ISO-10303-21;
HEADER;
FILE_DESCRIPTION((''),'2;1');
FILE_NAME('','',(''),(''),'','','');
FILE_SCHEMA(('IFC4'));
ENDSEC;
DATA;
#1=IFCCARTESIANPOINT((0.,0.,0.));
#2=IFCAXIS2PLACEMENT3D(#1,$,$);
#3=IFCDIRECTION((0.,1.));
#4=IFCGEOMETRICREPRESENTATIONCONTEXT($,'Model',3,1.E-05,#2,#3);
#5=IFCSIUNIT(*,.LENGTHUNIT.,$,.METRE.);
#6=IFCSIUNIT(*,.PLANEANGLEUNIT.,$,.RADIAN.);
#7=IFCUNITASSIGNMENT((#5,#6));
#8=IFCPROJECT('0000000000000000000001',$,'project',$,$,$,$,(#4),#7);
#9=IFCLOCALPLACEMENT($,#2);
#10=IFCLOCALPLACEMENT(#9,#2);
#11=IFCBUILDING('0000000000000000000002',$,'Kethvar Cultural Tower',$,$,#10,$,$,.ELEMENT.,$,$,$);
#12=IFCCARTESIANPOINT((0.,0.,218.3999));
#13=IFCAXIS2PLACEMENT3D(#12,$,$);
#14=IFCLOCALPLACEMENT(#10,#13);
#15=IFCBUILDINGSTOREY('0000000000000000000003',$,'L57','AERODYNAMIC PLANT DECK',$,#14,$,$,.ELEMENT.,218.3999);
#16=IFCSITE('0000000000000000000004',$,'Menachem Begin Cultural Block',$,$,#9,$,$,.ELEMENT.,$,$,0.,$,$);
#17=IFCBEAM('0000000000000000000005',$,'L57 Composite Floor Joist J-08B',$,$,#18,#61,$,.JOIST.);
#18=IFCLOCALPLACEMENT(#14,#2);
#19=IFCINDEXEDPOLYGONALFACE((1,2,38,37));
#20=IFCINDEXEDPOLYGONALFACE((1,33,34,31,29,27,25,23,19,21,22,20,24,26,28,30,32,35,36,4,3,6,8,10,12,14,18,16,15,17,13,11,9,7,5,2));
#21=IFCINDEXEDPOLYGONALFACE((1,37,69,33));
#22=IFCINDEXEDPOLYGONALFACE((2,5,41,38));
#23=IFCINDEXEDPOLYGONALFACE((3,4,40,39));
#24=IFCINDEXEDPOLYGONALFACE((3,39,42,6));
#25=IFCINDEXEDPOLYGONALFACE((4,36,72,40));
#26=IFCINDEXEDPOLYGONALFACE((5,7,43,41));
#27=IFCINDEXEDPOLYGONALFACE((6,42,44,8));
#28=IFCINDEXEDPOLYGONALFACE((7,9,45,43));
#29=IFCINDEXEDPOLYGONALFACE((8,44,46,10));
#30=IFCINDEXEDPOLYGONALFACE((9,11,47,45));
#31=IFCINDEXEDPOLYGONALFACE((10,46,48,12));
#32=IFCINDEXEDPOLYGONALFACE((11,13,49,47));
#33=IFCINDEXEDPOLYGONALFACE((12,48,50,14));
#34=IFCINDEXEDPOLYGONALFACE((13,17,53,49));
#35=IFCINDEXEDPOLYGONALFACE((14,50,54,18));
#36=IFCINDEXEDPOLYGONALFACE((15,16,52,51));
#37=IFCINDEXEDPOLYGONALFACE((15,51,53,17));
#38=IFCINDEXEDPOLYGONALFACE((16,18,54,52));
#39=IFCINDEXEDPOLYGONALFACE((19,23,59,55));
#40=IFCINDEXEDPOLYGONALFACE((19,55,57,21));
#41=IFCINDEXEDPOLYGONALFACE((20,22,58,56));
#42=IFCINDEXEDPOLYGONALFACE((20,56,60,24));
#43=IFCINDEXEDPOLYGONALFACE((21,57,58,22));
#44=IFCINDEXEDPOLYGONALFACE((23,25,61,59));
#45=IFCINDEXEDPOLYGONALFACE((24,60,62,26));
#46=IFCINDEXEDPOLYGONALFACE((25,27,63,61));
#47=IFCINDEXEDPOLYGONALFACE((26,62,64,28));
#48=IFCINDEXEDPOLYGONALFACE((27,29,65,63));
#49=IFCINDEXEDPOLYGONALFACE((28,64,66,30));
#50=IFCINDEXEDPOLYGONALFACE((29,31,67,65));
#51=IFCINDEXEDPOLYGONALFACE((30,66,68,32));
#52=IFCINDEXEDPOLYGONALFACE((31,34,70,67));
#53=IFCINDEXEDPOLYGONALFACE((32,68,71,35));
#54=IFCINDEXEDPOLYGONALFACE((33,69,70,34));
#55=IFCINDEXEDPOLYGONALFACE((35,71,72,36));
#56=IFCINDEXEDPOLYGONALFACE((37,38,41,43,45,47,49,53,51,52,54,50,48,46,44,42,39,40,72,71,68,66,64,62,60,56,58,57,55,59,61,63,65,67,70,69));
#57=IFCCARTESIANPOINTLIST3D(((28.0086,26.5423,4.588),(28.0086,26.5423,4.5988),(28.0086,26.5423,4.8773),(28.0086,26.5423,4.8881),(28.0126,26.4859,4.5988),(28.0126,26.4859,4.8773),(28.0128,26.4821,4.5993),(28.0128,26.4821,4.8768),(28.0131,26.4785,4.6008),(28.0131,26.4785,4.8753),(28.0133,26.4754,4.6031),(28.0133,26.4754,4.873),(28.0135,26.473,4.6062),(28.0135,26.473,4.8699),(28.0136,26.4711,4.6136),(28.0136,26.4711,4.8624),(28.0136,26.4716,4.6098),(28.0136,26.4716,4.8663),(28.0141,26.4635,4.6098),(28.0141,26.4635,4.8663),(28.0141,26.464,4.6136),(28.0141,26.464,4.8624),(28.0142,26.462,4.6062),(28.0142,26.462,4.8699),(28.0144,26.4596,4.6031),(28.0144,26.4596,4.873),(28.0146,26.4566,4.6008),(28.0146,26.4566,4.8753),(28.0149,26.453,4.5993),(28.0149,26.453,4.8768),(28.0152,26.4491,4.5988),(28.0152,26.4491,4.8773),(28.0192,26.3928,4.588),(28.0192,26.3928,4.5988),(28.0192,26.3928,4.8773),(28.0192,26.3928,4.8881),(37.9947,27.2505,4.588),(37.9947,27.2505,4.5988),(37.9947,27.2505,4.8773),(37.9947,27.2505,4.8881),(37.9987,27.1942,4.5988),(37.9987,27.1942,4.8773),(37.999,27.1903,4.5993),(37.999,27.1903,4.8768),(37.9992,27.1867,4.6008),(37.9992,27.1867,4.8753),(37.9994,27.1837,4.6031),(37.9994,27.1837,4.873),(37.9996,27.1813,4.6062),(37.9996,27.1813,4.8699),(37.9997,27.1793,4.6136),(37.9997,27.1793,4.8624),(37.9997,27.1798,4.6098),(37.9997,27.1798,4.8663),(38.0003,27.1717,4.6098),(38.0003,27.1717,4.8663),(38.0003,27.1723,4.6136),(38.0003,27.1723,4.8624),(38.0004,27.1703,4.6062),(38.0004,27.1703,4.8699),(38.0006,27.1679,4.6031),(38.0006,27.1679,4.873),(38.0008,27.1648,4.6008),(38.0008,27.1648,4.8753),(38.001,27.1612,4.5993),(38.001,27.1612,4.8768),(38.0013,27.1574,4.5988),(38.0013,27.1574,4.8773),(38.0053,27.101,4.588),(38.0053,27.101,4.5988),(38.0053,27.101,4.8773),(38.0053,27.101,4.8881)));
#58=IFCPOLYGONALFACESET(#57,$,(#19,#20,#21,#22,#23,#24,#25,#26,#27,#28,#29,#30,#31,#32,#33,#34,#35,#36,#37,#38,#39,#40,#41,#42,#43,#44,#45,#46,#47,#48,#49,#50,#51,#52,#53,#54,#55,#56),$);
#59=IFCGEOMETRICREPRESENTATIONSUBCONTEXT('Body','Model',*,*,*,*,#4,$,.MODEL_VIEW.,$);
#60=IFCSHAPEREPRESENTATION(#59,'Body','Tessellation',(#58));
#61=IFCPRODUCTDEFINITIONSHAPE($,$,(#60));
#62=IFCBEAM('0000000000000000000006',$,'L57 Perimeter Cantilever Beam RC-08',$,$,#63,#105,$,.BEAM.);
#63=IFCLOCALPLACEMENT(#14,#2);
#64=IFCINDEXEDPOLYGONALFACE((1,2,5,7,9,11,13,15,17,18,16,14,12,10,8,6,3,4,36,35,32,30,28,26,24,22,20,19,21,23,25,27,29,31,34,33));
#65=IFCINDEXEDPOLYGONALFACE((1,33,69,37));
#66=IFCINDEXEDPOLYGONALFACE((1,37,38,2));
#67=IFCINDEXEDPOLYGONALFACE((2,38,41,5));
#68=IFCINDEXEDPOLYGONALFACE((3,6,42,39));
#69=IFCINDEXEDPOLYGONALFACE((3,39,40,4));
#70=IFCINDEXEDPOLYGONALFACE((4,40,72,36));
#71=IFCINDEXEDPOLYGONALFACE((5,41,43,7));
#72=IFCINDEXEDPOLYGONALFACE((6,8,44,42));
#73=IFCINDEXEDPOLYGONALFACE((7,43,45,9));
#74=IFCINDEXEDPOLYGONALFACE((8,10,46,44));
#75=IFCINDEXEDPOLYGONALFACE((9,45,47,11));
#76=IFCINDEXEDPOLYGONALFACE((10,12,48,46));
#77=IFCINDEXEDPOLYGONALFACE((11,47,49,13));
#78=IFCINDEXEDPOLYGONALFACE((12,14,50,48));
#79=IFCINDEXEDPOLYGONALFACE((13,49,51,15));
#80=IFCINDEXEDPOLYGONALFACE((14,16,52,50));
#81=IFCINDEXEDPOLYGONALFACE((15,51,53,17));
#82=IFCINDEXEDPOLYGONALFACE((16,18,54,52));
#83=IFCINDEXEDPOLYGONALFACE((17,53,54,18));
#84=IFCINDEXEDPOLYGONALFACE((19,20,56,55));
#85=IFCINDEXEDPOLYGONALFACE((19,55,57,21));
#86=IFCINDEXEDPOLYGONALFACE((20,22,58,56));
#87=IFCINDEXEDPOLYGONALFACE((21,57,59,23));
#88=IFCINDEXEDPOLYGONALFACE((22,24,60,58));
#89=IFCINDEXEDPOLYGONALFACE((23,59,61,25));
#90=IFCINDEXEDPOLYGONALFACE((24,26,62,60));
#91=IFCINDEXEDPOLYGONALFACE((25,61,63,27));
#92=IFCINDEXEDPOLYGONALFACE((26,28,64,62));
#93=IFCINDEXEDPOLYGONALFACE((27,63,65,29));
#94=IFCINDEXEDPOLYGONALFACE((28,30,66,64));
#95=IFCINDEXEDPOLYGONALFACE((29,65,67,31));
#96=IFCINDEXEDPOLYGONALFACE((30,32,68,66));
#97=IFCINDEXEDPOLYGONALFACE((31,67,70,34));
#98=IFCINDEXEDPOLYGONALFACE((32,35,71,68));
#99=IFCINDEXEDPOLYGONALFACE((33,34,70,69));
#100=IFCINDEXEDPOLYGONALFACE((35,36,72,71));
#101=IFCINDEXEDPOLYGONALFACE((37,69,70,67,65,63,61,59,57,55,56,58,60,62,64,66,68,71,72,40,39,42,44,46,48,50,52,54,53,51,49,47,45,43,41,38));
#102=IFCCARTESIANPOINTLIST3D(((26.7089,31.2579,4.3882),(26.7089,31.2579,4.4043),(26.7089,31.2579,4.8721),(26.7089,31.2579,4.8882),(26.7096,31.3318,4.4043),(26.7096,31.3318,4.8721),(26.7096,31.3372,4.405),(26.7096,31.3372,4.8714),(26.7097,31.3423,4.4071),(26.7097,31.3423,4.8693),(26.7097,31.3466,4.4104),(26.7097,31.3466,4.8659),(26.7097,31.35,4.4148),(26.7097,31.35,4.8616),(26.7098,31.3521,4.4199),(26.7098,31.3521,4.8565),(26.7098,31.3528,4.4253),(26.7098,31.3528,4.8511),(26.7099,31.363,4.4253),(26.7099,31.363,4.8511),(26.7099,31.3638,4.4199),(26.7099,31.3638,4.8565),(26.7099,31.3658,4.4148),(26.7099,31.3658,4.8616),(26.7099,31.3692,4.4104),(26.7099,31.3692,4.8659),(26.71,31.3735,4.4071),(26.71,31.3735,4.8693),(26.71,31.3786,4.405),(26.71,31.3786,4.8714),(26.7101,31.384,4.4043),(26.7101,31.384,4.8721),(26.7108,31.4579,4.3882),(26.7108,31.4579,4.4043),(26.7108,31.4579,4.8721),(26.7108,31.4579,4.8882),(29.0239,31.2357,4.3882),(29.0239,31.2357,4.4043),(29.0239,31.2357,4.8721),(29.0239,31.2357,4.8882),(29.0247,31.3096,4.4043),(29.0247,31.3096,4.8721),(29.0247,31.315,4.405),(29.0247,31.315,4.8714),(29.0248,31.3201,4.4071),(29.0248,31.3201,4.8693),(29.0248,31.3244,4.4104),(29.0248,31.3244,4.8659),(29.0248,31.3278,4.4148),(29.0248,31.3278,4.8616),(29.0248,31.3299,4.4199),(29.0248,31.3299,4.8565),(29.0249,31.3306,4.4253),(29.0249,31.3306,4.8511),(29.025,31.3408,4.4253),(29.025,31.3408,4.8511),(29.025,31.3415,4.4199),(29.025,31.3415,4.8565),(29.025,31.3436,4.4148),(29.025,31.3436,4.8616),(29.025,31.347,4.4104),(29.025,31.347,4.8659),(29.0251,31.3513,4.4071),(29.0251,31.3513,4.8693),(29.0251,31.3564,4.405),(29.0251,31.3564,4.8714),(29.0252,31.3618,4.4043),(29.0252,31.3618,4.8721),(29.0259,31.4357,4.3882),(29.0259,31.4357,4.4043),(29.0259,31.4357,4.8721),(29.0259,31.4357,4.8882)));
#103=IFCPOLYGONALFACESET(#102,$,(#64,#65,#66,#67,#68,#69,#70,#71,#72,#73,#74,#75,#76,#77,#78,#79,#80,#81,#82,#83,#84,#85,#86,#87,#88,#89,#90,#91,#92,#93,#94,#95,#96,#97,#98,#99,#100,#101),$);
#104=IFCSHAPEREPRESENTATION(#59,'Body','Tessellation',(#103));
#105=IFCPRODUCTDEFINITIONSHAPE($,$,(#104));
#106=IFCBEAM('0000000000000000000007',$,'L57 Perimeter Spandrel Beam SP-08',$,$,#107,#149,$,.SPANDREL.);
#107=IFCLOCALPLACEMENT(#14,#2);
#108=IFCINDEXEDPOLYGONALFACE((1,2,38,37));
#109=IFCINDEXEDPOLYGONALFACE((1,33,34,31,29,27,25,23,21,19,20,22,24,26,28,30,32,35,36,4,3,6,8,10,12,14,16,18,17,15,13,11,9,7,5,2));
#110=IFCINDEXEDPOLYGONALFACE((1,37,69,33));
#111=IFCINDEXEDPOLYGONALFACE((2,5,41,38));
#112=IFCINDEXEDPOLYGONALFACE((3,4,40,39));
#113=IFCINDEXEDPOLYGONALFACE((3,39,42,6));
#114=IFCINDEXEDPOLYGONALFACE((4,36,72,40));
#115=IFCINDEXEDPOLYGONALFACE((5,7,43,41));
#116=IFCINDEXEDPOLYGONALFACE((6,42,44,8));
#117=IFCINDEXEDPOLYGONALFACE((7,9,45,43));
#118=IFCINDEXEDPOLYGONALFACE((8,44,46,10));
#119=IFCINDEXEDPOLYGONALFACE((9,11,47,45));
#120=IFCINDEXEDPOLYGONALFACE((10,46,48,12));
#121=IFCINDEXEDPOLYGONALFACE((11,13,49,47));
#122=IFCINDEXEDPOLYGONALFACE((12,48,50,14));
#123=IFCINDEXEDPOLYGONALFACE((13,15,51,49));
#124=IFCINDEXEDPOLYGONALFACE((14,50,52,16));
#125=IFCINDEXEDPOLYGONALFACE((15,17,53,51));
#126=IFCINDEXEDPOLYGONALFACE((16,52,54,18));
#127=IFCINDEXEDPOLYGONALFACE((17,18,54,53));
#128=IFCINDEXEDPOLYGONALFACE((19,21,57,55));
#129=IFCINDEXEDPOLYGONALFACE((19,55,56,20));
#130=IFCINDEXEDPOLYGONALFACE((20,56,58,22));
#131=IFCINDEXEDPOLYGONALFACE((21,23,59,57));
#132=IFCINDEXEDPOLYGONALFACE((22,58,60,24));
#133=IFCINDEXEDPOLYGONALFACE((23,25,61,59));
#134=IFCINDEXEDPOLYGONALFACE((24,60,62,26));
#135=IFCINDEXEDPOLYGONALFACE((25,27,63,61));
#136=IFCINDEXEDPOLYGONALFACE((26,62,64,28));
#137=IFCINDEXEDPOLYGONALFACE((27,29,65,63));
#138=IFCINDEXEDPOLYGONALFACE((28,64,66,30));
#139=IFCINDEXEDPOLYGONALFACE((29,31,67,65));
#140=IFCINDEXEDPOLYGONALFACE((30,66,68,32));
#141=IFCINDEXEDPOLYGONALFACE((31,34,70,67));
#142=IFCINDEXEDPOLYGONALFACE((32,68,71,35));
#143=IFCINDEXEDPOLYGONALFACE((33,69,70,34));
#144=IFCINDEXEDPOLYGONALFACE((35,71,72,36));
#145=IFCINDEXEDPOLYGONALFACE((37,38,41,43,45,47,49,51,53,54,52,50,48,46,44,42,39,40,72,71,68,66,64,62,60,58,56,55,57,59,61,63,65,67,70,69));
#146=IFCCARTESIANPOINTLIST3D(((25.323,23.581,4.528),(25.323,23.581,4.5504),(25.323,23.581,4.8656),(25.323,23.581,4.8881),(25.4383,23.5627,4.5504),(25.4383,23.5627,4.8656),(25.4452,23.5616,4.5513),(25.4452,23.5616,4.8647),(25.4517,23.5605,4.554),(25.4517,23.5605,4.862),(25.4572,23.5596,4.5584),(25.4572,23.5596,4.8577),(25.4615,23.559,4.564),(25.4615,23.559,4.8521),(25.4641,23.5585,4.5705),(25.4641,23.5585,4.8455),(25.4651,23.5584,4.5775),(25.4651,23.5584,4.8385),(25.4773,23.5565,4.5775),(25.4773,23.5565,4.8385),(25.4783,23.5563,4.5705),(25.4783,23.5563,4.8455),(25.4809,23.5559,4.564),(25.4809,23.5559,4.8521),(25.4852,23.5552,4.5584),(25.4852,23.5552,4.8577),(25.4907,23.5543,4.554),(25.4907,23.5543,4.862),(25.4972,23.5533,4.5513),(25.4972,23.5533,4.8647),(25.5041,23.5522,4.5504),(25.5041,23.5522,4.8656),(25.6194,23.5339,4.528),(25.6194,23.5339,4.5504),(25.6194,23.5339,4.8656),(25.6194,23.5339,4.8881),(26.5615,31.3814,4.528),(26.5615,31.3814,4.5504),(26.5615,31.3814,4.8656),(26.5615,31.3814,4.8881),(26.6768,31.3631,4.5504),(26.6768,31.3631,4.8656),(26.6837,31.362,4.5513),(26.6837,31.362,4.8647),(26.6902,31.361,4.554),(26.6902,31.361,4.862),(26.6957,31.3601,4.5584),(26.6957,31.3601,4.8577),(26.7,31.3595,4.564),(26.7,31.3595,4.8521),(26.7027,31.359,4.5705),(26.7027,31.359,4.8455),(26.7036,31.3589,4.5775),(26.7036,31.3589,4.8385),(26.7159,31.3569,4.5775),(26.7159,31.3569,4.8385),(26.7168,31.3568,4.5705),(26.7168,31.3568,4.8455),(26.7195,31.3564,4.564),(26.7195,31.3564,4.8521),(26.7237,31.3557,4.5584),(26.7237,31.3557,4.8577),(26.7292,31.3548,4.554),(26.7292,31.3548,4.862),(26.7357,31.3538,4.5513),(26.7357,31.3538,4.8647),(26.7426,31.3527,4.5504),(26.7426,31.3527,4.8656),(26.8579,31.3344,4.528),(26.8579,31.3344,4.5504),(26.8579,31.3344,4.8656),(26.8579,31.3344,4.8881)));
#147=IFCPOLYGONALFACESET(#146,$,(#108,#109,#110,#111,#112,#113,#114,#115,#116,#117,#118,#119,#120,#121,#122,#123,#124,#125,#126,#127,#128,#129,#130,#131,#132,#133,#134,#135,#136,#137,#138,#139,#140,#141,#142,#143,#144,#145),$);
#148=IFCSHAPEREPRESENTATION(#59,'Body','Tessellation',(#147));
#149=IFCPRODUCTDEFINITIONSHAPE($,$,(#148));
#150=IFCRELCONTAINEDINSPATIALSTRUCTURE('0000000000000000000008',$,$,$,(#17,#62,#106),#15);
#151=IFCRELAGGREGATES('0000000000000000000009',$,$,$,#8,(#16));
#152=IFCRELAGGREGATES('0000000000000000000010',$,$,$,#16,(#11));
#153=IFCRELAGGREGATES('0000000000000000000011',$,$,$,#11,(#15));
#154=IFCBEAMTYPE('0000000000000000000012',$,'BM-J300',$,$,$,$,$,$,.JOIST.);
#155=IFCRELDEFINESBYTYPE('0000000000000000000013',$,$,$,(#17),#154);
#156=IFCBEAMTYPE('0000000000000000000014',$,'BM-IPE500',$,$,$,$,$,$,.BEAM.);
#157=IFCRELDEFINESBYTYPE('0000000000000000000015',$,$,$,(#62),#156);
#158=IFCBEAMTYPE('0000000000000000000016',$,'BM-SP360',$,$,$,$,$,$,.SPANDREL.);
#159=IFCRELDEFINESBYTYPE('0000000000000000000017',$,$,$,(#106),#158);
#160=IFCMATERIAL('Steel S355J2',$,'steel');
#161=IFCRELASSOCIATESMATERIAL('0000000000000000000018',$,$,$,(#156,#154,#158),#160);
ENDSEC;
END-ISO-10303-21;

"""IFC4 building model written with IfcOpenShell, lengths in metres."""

from ifc_helpers import new_model, si_unit, direction, frame, origin, origin_2d, place, context, subcontext, project, spatial, i_section, extrude, source, transform, mapped, material, material_profile, profile_set, type_object, element, save


model = new_model("IFC4")

# Units and contexts
model_context = context("Model", 3, precision=1e-05, world=origin(), true_north=direction((0.0, 1.0)))
body_context = subcontext(model_context, "Body", "Model", "MODEL_VIEW")
ifc_project = project(units=[si_unit("LENGTHUNIT", "METRE"), si_unit("PLANEANGLEUNIT", "RADIAN")], contexts=[model_context])

# Site, building, storey
site_placement = place(None, origin())
site = spatial("IfcSite", under=ifc_project, at=site_placement, Name="Menachem Begin Cultural Block", CompositionType="ELEMENT", RefElevation=0.0)
building_placement = place(site_placement, origin())
building = spatial("IfcBuilding", under=site, at=building_placement, Name="Kethvar Cultural Tower", CompositionType="ELEMENT")
storey_placement = place(building_placement, frame((0.0, 0.0, 218.3999)))
storey = spatial("IfcBuildingStorey", under=building, at=storey_placement, Name="L57", Description="AERODYNAMIC PLANT DECK", CompositionType="ELEMENT", Elevation=218.3999)

# Beams
ifc_material_1 = material(Name="Steel S355J2", Category="steel")
ifc_material_profile_1 = material_profile(ifc_material_1, i_section(OverallWidth=0.2, OverallDepth=0.5, WebThickness=0.0103, FlangeThickness=0.0161, FilletRadius=0.021, at=origin_2d()), Name="Steel S355J2 — IPE500")
ifc_profile_set_1 = profile_set([ifc_material_profile_1], Name="Steel S355J2 — IPE500")
beam_type_1 = type_object("IfcBeamType", Name="BM-IPE500", PredefinedType="BEAM", material=ifc_profile_set_1)
ifc_material_profile_2 = material_profile(ifc_material_1, i_section(OverallWidth=0.1499, OverallDepth=0.3, WebThickness=0.0071, FlangeThickness=0.0107, FilletRadius=0.0149, at=origin_2d()), Name="Steel S355J2 — IPE300")
ifc_profile_set_2 = profile_set([ifc_material_profile_2], Name="Steel S355J2 — IPE300")
beam_type_2 = type_object("IfcBeamType", Name="BM-J300", PredefinedType="JOIST", material=ifc_profile_set_2)
shared_shape_1 = source(origin(), body_context, "Body", "SweptSolid", [
    extrude(i_section(OverallWidth=0.1499, OverallDepth=0.3, WebThickness=0.0071, FlangeThickness=0.0107, FilletRadius=0.0149, at=origin_2d()), origin(), (0.0, 0.0, 1.0), 10.0112),
])
beam_1_placement = place(storey_placement, frame((38.0, 27.1758, 4.738), z_axis=(-0.997494, -0.070746, 0.0), x_axis=(0.070746, -0.997494, 0.0)))
element("IfcBeam", 1, at=beam_1_placement, inside=storey, type_object=beam_type_2, Name="L57 Composite Floor Joist J-08B", PredefinedType="JOIST", context=body_context, shape_type="MappedRepresentation", body=[
    mapped(shared_shape_1, transform((0.0, 0.0, 0.0), scale=1.0)),
])
shared_shape_2 = source(origin(), body_context, "Body", "SweptSolid", [
    extrude(i_section(OverallWidth=0.2, OverallDepth=0.5, WebThickness=0.0103, FlangeThickness=0.0161, FilletRadius=0.021, at=origin_2d()), origin(), (0.0, 0.0, 1.0), 2.3152),
])
beam_2_placement = place(storey_placement, frame((29.0249, 31.3357, 4.6382), z_axis=(-0.999954, 0.009596, 0.0), x_axis=(-0.009596, -0.999954, 0.0)))
element("IfcBeam", 2, at=beam_2_placement, inside=storey, type_object=beam_type_1, Name="L57 Perimeter Cantilever Beam RC-08", PredefinedType="BEAM", context=body_context, shape_type="MappedRepresentation", body=[
    mapped(shared_shape_2, transform((0.0, 0.0, 0.0), scale=1.0)),
])
ifc_material_profile_3 = material_profile(ifc_material_1, i_section(OverallWidth=0.3, OverallDepth=0.3601, WebThickness=0.0125, FlangeThickness=0.0225, FilletRadius=0.0271, at=origin_2d()), Name="Steel S355J2 — HEB360")
ifc_profile_set_3 = profile_set([ifc_material_profile_3], Name="Steel S355J2 — HEB360")
beam_type_3 = type_object("IfcBeamType", Name="BM-SP360", PredefinedType="SPANDREL", material=ifc_profile_set_3)
shared_shape_3 = source(origin(), body_context, "Body", "SweptSolid", [
    extrude(i_section(OverallWidth=0.3, OverallDepth=0.3601, WebThickness=0.0125, FlangeThickness=0.0225, FilletRadius=0.0271, at=origin_2d()), origin(), (0.0, 0.0, 1.0), 7.8982),
])
beam_3_placement = place(storey_placement, frame((26.7097, 31.3579, 4.708), z_axis=(-0.15681, -0.987629, 0.0), x_axis=(0.987629, -0.15681, 0.0)))
element("IfcBeam", 3, at=beam_3_placement, inside=storey, type_object=beam_type_3, Name="L57 Perimeter Spandrel Beam SP-08", PredefinedType="SPANDREL", context=body_context, shape_type="MappedRepresentation", body=[
    mapped(shared_shape_3, transform((0.0, 0.0, 0.0), scale=1.0)),
])

save(model, "model.ifc")
